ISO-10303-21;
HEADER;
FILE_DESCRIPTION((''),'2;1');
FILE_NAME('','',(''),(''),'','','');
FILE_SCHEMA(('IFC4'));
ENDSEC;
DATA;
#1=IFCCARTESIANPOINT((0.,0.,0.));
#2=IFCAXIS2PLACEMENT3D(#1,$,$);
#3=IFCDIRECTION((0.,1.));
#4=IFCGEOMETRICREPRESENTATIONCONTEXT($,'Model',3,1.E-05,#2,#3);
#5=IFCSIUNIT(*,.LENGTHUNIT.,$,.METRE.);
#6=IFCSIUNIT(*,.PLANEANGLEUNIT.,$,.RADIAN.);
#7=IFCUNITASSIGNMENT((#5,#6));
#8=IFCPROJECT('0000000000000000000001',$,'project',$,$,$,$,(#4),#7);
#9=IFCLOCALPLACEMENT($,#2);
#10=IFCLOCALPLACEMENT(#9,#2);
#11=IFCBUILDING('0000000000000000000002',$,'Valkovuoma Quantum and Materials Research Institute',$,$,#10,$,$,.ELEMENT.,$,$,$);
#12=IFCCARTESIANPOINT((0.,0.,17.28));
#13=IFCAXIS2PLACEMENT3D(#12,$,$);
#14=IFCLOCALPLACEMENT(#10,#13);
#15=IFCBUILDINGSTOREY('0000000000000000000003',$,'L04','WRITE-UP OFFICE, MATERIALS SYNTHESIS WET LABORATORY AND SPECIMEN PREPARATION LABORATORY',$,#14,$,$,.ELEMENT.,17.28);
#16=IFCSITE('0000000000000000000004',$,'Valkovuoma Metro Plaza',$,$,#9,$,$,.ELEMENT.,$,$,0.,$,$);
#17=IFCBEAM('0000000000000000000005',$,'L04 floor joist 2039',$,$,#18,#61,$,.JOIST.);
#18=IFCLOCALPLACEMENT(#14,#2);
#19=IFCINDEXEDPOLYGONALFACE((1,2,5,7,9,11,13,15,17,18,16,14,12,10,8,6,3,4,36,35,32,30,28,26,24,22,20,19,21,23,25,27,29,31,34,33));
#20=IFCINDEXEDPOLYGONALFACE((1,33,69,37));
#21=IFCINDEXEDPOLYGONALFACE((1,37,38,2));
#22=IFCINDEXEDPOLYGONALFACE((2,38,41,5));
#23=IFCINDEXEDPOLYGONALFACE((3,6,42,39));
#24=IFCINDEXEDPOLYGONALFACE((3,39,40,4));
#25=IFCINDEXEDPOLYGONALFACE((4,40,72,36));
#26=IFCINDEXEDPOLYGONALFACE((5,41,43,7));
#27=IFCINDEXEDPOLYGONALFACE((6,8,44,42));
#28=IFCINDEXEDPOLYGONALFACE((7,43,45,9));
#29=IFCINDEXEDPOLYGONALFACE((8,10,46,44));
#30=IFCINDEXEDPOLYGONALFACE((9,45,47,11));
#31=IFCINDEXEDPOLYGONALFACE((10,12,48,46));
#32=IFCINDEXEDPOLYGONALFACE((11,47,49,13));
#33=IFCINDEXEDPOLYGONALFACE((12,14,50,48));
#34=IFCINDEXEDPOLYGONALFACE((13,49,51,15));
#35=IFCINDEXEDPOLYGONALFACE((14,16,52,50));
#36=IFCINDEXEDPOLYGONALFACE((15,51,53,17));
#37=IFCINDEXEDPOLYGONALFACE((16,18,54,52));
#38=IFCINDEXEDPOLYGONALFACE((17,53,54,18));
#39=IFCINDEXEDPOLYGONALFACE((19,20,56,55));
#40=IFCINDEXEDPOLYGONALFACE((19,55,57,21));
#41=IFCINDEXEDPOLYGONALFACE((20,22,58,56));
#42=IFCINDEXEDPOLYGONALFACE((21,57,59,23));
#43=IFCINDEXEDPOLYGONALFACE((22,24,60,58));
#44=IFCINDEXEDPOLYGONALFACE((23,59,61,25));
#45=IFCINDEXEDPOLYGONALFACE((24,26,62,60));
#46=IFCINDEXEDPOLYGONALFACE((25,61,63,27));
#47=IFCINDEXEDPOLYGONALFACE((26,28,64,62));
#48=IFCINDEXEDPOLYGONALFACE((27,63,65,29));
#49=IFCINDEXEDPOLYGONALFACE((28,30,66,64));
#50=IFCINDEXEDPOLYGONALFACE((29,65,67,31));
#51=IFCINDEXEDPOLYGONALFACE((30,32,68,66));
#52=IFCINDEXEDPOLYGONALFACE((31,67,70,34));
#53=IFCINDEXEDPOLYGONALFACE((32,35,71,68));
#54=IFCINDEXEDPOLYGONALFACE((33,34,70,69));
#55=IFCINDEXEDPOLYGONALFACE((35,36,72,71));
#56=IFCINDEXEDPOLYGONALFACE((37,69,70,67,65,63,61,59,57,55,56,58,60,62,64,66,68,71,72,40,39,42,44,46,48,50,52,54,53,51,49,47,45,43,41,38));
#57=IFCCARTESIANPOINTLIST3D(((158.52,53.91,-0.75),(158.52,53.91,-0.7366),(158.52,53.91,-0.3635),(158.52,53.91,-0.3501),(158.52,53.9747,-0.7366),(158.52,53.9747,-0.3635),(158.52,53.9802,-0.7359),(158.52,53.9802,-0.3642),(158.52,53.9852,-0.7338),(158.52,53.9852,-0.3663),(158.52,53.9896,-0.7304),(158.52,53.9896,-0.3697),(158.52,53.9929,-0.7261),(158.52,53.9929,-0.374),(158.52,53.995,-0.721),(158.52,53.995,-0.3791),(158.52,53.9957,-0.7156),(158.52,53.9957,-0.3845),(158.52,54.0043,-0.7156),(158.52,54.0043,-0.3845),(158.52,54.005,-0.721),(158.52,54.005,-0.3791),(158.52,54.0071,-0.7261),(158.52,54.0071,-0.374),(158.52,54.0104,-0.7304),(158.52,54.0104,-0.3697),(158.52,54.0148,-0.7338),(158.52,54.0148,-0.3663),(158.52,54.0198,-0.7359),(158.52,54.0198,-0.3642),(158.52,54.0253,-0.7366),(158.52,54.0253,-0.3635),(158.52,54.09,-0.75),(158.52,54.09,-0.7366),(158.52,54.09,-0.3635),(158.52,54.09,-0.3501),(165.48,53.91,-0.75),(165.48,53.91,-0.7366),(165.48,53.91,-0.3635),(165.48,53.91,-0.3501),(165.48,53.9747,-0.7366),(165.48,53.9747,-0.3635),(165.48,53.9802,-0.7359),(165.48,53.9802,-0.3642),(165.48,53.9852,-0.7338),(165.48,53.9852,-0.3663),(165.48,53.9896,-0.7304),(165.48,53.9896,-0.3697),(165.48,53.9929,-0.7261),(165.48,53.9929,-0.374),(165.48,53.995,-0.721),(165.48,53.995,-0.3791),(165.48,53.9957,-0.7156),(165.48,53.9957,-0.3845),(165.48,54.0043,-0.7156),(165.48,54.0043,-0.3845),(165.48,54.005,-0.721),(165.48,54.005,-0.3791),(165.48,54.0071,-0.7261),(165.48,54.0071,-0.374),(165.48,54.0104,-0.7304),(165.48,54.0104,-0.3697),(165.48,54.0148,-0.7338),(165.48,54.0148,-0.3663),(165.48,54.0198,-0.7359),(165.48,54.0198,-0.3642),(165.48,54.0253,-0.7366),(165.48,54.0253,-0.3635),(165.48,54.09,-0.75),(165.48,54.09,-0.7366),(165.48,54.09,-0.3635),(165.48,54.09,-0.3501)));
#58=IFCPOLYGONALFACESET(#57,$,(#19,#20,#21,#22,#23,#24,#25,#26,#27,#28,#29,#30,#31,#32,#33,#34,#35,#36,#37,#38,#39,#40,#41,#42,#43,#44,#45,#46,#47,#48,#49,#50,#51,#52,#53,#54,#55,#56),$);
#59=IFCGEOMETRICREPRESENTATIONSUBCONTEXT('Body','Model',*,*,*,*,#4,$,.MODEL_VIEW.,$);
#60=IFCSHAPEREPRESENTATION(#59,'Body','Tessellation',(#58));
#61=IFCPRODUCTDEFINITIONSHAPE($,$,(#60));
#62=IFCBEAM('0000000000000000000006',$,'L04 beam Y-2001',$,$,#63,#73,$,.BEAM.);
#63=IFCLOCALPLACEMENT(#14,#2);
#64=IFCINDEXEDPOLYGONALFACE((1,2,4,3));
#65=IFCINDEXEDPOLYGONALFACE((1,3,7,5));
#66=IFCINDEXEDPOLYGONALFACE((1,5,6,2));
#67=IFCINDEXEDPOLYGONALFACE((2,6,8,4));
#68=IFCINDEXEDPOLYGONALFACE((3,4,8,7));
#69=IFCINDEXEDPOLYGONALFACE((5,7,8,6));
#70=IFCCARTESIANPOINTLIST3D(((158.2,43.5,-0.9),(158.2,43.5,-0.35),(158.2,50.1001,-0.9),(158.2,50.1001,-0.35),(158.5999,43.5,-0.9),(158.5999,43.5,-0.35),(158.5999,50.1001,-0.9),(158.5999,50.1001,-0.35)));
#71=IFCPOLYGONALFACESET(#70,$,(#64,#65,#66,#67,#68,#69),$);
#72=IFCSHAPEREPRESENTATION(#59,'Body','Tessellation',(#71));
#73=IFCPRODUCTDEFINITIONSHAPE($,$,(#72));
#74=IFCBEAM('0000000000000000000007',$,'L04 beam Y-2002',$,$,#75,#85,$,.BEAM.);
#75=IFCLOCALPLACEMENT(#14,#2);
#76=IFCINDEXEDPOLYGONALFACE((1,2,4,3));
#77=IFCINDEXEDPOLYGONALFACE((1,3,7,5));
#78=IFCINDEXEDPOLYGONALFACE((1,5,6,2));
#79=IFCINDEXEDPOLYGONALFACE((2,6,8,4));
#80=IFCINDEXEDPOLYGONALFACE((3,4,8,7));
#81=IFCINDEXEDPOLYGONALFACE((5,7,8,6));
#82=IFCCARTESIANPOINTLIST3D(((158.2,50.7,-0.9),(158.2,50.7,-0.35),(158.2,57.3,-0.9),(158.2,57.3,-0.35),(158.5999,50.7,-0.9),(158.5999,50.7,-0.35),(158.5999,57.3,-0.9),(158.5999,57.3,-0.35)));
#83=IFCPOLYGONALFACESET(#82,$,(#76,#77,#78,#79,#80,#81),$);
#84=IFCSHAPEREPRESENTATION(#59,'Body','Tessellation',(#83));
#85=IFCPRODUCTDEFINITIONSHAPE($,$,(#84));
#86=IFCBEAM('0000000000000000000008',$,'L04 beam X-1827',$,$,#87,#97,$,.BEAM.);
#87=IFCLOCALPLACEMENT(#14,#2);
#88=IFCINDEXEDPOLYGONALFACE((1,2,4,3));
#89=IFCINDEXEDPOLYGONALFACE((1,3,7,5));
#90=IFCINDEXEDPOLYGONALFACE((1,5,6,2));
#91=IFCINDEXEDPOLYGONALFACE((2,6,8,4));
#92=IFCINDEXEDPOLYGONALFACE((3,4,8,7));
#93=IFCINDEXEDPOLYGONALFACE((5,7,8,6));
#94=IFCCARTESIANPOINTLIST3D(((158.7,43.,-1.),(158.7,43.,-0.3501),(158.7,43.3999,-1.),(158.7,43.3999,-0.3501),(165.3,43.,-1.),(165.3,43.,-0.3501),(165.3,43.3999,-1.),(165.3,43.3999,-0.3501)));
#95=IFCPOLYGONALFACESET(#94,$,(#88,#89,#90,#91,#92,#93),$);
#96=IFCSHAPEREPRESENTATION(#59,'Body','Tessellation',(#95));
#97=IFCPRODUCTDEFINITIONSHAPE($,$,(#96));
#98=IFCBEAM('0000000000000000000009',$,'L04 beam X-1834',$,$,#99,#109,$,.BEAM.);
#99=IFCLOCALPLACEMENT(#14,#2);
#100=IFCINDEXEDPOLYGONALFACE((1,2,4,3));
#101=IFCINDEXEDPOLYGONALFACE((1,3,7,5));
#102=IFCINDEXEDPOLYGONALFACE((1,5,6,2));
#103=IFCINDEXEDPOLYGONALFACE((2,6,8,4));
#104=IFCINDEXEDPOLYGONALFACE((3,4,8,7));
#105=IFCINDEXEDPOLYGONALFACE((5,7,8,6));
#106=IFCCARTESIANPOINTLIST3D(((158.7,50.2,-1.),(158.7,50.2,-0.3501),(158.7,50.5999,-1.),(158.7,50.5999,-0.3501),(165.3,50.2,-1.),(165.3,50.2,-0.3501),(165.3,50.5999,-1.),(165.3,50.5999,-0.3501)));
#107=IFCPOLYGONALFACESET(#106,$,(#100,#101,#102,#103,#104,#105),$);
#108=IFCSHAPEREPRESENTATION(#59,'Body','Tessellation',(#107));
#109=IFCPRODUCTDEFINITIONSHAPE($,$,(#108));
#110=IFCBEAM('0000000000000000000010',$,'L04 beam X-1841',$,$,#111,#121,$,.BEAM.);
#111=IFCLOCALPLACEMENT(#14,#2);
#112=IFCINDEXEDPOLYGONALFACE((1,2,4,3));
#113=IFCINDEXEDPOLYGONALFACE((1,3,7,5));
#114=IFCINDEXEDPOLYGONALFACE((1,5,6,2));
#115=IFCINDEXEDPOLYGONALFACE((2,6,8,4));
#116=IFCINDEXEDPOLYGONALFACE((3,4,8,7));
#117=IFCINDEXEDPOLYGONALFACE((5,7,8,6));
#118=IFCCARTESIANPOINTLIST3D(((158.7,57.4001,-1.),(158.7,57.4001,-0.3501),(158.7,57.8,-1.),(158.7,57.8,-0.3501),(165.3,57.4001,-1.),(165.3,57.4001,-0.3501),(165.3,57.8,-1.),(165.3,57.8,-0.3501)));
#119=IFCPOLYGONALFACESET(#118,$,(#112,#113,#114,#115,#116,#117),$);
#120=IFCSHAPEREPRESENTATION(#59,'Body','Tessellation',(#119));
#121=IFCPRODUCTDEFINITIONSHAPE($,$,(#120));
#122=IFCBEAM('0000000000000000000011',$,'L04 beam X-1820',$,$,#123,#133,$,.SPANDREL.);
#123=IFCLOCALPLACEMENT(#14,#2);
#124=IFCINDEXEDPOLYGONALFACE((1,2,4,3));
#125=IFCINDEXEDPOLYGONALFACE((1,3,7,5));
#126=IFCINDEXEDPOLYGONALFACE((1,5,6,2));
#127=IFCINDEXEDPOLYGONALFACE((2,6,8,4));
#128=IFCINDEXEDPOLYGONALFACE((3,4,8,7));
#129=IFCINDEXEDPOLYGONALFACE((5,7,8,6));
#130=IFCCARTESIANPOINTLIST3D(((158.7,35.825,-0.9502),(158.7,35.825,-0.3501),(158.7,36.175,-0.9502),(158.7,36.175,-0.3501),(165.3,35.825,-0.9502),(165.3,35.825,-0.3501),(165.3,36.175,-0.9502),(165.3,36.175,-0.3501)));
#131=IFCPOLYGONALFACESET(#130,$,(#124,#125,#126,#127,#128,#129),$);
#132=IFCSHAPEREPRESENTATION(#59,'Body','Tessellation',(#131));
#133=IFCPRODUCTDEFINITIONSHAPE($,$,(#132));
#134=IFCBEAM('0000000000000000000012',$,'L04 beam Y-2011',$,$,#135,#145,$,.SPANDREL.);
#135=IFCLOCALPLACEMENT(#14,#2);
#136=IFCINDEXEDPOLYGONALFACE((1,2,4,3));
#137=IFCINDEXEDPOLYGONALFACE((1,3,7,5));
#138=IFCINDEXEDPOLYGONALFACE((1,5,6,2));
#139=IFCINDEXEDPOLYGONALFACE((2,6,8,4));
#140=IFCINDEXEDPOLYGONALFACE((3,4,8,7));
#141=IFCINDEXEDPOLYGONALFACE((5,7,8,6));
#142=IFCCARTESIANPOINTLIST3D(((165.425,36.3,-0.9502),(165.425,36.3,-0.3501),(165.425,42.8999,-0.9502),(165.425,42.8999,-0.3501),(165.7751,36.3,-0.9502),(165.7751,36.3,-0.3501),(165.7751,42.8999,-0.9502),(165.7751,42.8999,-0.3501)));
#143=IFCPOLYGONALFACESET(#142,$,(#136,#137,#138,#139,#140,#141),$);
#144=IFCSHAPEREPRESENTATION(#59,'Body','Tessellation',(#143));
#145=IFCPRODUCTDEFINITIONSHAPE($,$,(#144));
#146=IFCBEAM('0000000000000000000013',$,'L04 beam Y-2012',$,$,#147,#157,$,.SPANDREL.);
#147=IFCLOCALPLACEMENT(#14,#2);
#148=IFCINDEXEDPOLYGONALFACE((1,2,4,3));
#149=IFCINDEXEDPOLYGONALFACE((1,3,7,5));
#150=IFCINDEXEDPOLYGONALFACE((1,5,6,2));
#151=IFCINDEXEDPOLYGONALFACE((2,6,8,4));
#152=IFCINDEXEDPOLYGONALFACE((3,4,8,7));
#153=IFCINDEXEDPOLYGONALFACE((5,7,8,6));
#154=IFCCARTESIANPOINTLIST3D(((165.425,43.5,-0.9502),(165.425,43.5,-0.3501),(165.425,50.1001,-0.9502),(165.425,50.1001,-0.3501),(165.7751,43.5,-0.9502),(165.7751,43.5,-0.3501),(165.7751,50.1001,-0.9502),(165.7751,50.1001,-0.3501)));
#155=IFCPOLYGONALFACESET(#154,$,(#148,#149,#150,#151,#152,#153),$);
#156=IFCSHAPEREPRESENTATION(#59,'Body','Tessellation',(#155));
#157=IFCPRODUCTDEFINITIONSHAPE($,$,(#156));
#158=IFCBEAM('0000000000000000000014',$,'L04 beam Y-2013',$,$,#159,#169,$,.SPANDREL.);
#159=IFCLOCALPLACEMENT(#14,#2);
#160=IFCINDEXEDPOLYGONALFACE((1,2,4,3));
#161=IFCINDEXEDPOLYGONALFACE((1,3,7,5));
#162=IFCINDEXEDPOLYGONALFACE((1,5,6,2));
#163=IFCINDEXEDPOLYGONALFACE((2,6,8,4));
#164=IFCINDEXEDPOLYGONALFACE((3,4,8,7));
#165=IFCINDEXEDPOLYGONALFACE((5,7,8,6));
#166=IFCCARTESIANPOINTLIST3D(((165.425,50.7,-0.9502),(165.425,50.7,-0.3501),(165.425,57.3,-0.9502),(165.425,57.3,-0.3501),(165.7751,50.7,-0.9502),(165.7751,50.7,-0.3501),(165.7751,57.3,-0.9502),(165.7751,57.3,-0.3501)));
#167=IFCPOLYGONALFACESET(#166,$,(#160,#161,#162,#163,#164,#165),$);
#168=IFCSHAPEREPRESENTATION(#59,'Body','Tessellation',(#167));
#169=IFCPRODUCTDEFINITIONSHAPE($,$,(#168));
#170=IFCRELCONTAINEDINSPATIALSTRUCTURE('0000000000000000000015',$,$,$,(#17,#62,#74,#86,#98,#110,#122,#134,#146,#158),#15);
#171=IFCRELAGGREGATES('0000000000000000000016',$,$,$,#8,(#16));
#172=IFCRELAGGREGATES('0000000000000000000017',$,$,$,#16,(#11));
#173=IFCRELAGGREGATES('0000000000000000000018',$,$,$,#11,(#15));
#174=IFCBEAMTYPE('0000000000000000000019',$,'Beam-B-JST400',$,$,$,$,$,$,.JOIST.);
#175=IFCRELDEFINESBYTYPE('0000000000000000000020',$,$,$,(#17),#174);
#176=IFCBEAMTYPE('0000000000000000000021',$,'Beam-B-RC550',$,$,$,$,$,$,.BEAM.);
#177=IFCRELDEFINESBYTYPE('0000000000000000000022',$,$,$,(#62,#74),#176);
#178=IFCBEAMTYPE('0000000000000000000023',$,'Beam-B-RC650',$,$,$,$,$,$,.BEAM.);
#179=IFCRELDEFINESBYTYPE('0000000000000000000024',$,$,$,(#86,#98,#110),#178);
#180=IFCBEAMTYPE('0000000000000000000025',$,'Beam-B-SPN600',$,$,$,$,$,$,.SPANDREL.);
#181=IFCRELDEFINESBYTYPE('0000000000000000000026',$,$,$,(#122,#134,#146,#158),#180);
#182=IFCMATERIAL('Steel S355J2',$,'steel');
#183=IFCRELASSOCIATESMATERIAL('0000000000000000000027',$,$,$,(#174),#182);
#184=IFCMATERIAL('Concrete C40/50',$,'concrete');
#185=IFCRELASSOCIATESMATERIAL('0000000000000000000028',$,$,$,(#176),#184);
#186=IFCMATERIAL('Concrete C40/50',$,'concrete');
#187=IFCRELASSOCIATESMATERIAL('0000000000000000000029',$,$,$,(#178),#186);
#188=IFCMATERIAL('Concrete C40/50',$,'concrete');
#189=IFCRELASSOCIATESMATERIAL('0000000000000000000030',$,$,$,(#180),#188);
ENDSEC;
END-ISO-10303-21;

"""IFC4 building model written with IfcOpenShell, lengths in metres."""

from ifc_helpers import new_model, si_unit, direction, frame, origin, origin_2d, place, context, subcontext, project, spatial, rectangle, i_section, extrude, material, material_profile, profile_set, type_object, element, save


model = new_model("IFC4")

# Units and contexts
model_context = context("Model", 3, precision=1e-05, world=origin(), true_north=direction((0.0, 1.0)))
body_context = subcontext(model_context, "Body", "Model", "MODEL_VIEW")
ifc_project = project(units=[si_unit("LENGTHUNIT", "METRE"), si_unit("PLANEANGLEUNIT", "RADIAN")], contexts=[model_context])

# Site, building, storey
site_placement = place(None, origin())
site = spatial("IfcSite", under=ifc_project, at=site_placement, Name="Valkovuoma Metro Plaza", CompositionType="ELEMENT", RefElevation=0.0)
building_placement = place(site_placement, origin())
building = spatial("IfcBuilding", under=site, at=building_placement, Name="Valkovuoma Quantum and Materials Research Institute", CompositionType="ELEMENT")
storey_placement = place(building_placement, frame((0.0, 0.0, 17.28)))
storey = spatial("IfcBuildingStorey", under=building, at=storey_placement, Name="L04", Description="WRITE-UP OFFICE, MATERIALS SYNTHESIS WET LABORATORY AND SPECIMEN PREPARATION LABORATORY", CompositionType="ELEMENT", Elevation=17.28)

# Beams
ifc_material_1 = material(Name="Steel S355J2", Category="steel")
ifc_material_profile_1 = material_profile(ifc_material_1, i_section(OverallWidth=0.1799, OverallDepth=0.3999, WebThickness=0.0085, FlangeThickness=0.0134, FilletRadius=0.021, at=origin_2d()), Name="Steel S355J2")
ifc_profile_set_1 = profile_set([ifc_material_profile_1], Name="Steel S355J2")
beam_type_1 = type_object("IfcBeamType", Name="Beam-B-JST400", PredefinedType="JOIST", material=ifc_profile_set_1)
for number, where, z_axis, x_axis, name in (
    (1, (158.52, 54.0, -0.55), (1.0, 0.0, 0.0), (0.0, 1.0, 0.0), "L04 floor joist 2039"),
):
    element("IfcBeam", number, at=place(storey_placement, frame(where, z_axis=z_axis, x_axis=x_axis)), inside=storey, type_object=beam_type_1, Name=name, PredefinedType="JOIST", context=body_context, shape_type="SweptSolid", body=[
        extrude(i_section(OverallWidth=0.1799, OverallDepth=0.3999, WebThickness=0.0085, FlangeThickness=0.0134, FilletRadius=0.021, at=origin_2d()), origin(), (0.0, 0.0, 1.0), 6.96),
    ])
ifc_material_2 = material(Name="Concrete C40/50", Category="concrete")
ifc_material_profile_2 = material_profile(ifc_material_2, rectangle(XDim=0.3999, YDim=0.55, at=origin_2d()), Name="Concrete C40/50")
ifc_profile_set_2 = profile_set([ifc_material_profile_2], Name="Concrete C40/50")
beam_type_2 = type_object("IfcBeamType", Name="Beam-B-RC550", PredefinedType="BEAM", material=ifc_profile_set_2)
for number, where, z_axis, x_axis, name in (
    (2, (158.3999, 43.5, -0.625), (0.0, 1.0, 0.0), (-1.0, 0.0, 0.0), "L04 beam Y-2001"),
    (3, (158.3999, 50.7, -0.625), (0.0, 1.0, 0.0), (-1.0, 0.0, 0.0), "L04 beam Y-2002"),
):
    element("IfcBeam", number, at=place(storey_placement, frame(where, z_axis=z_axis, x_axis=x_axis)), inside=storey, type_object=beam_type_2, Name=name, PredefinedType="BEAM", context=body_context, shape_type="SweptSolid", body=[
        extrude(rectangle(XDim=0.3999, YDim=0.55, at=origin_2d()), origin(), (0.0, 0.0, 1.0), 6.6001),
    ])
ifc_material_3 = material(Name="Concrete C40/50", Category="concrete")
ifc_material_profile_3 = material_profile(ifc_material_3, rectangle(XDim=0.3999, YDim=0.6499, at=origin_2d()), Name="Concrete C40/50")
ifc_profile_set_3 = profile_set([ifc_material_profile_3], Name="Concrete C40/50")
beam_type_3 = type_object("IfcBeamType", Name="Beam-B-RC650", PredefinedType="BEAM", material=ifc_profile_set_3)
for number, where, z_axis, x_axis, name in (
    (4, (158.7, 43.2, -0.675), (1.0, 0.0, 0.0), (0.0, 1.0, 0.0), "L04 beam X-1827"),
    (5, (158.7, 50.3999, -0.675), (1.0, 0.0, 0.0), (0.0, 1.0, 0.0), "L04 beam X-1834"),
    (6, (158.7, 57.6001, -0.675), (1.0, 0.0, 0.0), (0.0, 1.0, 0.0), "L04 beam X-1841"),
):
    element("IfcBeam", number, at=place(storey_placement, frame(where, z_axis=z_axis, x_axis=x_axis)), inside=storey, type_object=beam_type_3, Name=name, PredefinedType="BEAM", context=body_context, shape_type="SweptSolid", body=[
        extrude(rectangle(XDim=0.3999, YDim=0.6499, at=origin_2d()), origin(), (0.0, 0.0, 1.0), 6.6001),
    ])
ifc_material_4 = material(Name="Concrete C40/50", Category="concrete")
ifc_material_profile_4 = material_profile(ifc_material_4, rectangle(XDim=0.3501, YDim=0.6001, at=origin_2d()), Name="Concrete C40/50")
ifc_profile_set_4 = profile_set([ifc_material_profile_4], Name="Concrete C40/50")
beam_type_4 = type_object("IfcBeamType", Name="Beam-B-SPN600", PredefinedType="SPANDREL", material=ifc_profile_set_4)
beam_1_placement = place(storey_placement, frame((158.7, 36.0, -0.6501), z_axis=(1.0, 0.0, 0.0), x_axis=(0.0, 1.0, 0.0)))
element("IfcBeam", 7, at=beam_1_placement, inside=storey, type_object=beam_type_4, Name="L04 beam X-1820", PredefinedType="SPANDREL", context=body_context, shape_type="SweptSolid", body=[
    extrude(rectangle(XDim=0.3501, YDim=0.6001, at=origin_2d()), origin(), (0.0, 0.0, 1.0), 6.6001),
])
beam_2_placement = place(storey_placement, frame((165.6001, 36.3, -0.6501), z_axis=(0.0, 1.0, 0.0), x_axis=(-1.0, 0.0, 0.0)))
element("IfcBeam", 8, at=beam_2_placement, inside=storey, type_object=beam_type_4, Name="L04 beam Y-2011", PredefinedType="SPANDREL", context=body_context, shape_type="SweptSolid", body=[
    extrude(rectangle(XDim=0.3501, YDim=0.6001, at=origin_2d()), origin(), (0.0, 0.0, 1.0), 6.5999),
])
for number, where, z_axis, x_axis, name in (
    (9, (165.6001, 43.5, -0.6501), (0.0, 1.0, 0.0), (-1.0, 0.0, 0.0), "L04 beam Y-2012"),
    (10, (165.6001, 50.7, -0.6501), (0.0, 1.0, 0.0), (-1.0, 0.0, 0.0), "L04 beam Y-2013"),
):
    element("IfcBeam", number, at=place(storey_placement, frame(where, z_axis=z_axis, x_axis=x_axis)), inside=storey, type_object=beam_type_4, Name=name, PredefinedType="SPANDREL", context=body_context, shape_type="SweptSolid", body=[
        extrude(rectangle(XDim=0.3501, YDim=0.6001, at=origin_2d()), origin(), (0.0, 0.0, 1.0), 6.6001),
    ])

save(model, "model.ifc")
